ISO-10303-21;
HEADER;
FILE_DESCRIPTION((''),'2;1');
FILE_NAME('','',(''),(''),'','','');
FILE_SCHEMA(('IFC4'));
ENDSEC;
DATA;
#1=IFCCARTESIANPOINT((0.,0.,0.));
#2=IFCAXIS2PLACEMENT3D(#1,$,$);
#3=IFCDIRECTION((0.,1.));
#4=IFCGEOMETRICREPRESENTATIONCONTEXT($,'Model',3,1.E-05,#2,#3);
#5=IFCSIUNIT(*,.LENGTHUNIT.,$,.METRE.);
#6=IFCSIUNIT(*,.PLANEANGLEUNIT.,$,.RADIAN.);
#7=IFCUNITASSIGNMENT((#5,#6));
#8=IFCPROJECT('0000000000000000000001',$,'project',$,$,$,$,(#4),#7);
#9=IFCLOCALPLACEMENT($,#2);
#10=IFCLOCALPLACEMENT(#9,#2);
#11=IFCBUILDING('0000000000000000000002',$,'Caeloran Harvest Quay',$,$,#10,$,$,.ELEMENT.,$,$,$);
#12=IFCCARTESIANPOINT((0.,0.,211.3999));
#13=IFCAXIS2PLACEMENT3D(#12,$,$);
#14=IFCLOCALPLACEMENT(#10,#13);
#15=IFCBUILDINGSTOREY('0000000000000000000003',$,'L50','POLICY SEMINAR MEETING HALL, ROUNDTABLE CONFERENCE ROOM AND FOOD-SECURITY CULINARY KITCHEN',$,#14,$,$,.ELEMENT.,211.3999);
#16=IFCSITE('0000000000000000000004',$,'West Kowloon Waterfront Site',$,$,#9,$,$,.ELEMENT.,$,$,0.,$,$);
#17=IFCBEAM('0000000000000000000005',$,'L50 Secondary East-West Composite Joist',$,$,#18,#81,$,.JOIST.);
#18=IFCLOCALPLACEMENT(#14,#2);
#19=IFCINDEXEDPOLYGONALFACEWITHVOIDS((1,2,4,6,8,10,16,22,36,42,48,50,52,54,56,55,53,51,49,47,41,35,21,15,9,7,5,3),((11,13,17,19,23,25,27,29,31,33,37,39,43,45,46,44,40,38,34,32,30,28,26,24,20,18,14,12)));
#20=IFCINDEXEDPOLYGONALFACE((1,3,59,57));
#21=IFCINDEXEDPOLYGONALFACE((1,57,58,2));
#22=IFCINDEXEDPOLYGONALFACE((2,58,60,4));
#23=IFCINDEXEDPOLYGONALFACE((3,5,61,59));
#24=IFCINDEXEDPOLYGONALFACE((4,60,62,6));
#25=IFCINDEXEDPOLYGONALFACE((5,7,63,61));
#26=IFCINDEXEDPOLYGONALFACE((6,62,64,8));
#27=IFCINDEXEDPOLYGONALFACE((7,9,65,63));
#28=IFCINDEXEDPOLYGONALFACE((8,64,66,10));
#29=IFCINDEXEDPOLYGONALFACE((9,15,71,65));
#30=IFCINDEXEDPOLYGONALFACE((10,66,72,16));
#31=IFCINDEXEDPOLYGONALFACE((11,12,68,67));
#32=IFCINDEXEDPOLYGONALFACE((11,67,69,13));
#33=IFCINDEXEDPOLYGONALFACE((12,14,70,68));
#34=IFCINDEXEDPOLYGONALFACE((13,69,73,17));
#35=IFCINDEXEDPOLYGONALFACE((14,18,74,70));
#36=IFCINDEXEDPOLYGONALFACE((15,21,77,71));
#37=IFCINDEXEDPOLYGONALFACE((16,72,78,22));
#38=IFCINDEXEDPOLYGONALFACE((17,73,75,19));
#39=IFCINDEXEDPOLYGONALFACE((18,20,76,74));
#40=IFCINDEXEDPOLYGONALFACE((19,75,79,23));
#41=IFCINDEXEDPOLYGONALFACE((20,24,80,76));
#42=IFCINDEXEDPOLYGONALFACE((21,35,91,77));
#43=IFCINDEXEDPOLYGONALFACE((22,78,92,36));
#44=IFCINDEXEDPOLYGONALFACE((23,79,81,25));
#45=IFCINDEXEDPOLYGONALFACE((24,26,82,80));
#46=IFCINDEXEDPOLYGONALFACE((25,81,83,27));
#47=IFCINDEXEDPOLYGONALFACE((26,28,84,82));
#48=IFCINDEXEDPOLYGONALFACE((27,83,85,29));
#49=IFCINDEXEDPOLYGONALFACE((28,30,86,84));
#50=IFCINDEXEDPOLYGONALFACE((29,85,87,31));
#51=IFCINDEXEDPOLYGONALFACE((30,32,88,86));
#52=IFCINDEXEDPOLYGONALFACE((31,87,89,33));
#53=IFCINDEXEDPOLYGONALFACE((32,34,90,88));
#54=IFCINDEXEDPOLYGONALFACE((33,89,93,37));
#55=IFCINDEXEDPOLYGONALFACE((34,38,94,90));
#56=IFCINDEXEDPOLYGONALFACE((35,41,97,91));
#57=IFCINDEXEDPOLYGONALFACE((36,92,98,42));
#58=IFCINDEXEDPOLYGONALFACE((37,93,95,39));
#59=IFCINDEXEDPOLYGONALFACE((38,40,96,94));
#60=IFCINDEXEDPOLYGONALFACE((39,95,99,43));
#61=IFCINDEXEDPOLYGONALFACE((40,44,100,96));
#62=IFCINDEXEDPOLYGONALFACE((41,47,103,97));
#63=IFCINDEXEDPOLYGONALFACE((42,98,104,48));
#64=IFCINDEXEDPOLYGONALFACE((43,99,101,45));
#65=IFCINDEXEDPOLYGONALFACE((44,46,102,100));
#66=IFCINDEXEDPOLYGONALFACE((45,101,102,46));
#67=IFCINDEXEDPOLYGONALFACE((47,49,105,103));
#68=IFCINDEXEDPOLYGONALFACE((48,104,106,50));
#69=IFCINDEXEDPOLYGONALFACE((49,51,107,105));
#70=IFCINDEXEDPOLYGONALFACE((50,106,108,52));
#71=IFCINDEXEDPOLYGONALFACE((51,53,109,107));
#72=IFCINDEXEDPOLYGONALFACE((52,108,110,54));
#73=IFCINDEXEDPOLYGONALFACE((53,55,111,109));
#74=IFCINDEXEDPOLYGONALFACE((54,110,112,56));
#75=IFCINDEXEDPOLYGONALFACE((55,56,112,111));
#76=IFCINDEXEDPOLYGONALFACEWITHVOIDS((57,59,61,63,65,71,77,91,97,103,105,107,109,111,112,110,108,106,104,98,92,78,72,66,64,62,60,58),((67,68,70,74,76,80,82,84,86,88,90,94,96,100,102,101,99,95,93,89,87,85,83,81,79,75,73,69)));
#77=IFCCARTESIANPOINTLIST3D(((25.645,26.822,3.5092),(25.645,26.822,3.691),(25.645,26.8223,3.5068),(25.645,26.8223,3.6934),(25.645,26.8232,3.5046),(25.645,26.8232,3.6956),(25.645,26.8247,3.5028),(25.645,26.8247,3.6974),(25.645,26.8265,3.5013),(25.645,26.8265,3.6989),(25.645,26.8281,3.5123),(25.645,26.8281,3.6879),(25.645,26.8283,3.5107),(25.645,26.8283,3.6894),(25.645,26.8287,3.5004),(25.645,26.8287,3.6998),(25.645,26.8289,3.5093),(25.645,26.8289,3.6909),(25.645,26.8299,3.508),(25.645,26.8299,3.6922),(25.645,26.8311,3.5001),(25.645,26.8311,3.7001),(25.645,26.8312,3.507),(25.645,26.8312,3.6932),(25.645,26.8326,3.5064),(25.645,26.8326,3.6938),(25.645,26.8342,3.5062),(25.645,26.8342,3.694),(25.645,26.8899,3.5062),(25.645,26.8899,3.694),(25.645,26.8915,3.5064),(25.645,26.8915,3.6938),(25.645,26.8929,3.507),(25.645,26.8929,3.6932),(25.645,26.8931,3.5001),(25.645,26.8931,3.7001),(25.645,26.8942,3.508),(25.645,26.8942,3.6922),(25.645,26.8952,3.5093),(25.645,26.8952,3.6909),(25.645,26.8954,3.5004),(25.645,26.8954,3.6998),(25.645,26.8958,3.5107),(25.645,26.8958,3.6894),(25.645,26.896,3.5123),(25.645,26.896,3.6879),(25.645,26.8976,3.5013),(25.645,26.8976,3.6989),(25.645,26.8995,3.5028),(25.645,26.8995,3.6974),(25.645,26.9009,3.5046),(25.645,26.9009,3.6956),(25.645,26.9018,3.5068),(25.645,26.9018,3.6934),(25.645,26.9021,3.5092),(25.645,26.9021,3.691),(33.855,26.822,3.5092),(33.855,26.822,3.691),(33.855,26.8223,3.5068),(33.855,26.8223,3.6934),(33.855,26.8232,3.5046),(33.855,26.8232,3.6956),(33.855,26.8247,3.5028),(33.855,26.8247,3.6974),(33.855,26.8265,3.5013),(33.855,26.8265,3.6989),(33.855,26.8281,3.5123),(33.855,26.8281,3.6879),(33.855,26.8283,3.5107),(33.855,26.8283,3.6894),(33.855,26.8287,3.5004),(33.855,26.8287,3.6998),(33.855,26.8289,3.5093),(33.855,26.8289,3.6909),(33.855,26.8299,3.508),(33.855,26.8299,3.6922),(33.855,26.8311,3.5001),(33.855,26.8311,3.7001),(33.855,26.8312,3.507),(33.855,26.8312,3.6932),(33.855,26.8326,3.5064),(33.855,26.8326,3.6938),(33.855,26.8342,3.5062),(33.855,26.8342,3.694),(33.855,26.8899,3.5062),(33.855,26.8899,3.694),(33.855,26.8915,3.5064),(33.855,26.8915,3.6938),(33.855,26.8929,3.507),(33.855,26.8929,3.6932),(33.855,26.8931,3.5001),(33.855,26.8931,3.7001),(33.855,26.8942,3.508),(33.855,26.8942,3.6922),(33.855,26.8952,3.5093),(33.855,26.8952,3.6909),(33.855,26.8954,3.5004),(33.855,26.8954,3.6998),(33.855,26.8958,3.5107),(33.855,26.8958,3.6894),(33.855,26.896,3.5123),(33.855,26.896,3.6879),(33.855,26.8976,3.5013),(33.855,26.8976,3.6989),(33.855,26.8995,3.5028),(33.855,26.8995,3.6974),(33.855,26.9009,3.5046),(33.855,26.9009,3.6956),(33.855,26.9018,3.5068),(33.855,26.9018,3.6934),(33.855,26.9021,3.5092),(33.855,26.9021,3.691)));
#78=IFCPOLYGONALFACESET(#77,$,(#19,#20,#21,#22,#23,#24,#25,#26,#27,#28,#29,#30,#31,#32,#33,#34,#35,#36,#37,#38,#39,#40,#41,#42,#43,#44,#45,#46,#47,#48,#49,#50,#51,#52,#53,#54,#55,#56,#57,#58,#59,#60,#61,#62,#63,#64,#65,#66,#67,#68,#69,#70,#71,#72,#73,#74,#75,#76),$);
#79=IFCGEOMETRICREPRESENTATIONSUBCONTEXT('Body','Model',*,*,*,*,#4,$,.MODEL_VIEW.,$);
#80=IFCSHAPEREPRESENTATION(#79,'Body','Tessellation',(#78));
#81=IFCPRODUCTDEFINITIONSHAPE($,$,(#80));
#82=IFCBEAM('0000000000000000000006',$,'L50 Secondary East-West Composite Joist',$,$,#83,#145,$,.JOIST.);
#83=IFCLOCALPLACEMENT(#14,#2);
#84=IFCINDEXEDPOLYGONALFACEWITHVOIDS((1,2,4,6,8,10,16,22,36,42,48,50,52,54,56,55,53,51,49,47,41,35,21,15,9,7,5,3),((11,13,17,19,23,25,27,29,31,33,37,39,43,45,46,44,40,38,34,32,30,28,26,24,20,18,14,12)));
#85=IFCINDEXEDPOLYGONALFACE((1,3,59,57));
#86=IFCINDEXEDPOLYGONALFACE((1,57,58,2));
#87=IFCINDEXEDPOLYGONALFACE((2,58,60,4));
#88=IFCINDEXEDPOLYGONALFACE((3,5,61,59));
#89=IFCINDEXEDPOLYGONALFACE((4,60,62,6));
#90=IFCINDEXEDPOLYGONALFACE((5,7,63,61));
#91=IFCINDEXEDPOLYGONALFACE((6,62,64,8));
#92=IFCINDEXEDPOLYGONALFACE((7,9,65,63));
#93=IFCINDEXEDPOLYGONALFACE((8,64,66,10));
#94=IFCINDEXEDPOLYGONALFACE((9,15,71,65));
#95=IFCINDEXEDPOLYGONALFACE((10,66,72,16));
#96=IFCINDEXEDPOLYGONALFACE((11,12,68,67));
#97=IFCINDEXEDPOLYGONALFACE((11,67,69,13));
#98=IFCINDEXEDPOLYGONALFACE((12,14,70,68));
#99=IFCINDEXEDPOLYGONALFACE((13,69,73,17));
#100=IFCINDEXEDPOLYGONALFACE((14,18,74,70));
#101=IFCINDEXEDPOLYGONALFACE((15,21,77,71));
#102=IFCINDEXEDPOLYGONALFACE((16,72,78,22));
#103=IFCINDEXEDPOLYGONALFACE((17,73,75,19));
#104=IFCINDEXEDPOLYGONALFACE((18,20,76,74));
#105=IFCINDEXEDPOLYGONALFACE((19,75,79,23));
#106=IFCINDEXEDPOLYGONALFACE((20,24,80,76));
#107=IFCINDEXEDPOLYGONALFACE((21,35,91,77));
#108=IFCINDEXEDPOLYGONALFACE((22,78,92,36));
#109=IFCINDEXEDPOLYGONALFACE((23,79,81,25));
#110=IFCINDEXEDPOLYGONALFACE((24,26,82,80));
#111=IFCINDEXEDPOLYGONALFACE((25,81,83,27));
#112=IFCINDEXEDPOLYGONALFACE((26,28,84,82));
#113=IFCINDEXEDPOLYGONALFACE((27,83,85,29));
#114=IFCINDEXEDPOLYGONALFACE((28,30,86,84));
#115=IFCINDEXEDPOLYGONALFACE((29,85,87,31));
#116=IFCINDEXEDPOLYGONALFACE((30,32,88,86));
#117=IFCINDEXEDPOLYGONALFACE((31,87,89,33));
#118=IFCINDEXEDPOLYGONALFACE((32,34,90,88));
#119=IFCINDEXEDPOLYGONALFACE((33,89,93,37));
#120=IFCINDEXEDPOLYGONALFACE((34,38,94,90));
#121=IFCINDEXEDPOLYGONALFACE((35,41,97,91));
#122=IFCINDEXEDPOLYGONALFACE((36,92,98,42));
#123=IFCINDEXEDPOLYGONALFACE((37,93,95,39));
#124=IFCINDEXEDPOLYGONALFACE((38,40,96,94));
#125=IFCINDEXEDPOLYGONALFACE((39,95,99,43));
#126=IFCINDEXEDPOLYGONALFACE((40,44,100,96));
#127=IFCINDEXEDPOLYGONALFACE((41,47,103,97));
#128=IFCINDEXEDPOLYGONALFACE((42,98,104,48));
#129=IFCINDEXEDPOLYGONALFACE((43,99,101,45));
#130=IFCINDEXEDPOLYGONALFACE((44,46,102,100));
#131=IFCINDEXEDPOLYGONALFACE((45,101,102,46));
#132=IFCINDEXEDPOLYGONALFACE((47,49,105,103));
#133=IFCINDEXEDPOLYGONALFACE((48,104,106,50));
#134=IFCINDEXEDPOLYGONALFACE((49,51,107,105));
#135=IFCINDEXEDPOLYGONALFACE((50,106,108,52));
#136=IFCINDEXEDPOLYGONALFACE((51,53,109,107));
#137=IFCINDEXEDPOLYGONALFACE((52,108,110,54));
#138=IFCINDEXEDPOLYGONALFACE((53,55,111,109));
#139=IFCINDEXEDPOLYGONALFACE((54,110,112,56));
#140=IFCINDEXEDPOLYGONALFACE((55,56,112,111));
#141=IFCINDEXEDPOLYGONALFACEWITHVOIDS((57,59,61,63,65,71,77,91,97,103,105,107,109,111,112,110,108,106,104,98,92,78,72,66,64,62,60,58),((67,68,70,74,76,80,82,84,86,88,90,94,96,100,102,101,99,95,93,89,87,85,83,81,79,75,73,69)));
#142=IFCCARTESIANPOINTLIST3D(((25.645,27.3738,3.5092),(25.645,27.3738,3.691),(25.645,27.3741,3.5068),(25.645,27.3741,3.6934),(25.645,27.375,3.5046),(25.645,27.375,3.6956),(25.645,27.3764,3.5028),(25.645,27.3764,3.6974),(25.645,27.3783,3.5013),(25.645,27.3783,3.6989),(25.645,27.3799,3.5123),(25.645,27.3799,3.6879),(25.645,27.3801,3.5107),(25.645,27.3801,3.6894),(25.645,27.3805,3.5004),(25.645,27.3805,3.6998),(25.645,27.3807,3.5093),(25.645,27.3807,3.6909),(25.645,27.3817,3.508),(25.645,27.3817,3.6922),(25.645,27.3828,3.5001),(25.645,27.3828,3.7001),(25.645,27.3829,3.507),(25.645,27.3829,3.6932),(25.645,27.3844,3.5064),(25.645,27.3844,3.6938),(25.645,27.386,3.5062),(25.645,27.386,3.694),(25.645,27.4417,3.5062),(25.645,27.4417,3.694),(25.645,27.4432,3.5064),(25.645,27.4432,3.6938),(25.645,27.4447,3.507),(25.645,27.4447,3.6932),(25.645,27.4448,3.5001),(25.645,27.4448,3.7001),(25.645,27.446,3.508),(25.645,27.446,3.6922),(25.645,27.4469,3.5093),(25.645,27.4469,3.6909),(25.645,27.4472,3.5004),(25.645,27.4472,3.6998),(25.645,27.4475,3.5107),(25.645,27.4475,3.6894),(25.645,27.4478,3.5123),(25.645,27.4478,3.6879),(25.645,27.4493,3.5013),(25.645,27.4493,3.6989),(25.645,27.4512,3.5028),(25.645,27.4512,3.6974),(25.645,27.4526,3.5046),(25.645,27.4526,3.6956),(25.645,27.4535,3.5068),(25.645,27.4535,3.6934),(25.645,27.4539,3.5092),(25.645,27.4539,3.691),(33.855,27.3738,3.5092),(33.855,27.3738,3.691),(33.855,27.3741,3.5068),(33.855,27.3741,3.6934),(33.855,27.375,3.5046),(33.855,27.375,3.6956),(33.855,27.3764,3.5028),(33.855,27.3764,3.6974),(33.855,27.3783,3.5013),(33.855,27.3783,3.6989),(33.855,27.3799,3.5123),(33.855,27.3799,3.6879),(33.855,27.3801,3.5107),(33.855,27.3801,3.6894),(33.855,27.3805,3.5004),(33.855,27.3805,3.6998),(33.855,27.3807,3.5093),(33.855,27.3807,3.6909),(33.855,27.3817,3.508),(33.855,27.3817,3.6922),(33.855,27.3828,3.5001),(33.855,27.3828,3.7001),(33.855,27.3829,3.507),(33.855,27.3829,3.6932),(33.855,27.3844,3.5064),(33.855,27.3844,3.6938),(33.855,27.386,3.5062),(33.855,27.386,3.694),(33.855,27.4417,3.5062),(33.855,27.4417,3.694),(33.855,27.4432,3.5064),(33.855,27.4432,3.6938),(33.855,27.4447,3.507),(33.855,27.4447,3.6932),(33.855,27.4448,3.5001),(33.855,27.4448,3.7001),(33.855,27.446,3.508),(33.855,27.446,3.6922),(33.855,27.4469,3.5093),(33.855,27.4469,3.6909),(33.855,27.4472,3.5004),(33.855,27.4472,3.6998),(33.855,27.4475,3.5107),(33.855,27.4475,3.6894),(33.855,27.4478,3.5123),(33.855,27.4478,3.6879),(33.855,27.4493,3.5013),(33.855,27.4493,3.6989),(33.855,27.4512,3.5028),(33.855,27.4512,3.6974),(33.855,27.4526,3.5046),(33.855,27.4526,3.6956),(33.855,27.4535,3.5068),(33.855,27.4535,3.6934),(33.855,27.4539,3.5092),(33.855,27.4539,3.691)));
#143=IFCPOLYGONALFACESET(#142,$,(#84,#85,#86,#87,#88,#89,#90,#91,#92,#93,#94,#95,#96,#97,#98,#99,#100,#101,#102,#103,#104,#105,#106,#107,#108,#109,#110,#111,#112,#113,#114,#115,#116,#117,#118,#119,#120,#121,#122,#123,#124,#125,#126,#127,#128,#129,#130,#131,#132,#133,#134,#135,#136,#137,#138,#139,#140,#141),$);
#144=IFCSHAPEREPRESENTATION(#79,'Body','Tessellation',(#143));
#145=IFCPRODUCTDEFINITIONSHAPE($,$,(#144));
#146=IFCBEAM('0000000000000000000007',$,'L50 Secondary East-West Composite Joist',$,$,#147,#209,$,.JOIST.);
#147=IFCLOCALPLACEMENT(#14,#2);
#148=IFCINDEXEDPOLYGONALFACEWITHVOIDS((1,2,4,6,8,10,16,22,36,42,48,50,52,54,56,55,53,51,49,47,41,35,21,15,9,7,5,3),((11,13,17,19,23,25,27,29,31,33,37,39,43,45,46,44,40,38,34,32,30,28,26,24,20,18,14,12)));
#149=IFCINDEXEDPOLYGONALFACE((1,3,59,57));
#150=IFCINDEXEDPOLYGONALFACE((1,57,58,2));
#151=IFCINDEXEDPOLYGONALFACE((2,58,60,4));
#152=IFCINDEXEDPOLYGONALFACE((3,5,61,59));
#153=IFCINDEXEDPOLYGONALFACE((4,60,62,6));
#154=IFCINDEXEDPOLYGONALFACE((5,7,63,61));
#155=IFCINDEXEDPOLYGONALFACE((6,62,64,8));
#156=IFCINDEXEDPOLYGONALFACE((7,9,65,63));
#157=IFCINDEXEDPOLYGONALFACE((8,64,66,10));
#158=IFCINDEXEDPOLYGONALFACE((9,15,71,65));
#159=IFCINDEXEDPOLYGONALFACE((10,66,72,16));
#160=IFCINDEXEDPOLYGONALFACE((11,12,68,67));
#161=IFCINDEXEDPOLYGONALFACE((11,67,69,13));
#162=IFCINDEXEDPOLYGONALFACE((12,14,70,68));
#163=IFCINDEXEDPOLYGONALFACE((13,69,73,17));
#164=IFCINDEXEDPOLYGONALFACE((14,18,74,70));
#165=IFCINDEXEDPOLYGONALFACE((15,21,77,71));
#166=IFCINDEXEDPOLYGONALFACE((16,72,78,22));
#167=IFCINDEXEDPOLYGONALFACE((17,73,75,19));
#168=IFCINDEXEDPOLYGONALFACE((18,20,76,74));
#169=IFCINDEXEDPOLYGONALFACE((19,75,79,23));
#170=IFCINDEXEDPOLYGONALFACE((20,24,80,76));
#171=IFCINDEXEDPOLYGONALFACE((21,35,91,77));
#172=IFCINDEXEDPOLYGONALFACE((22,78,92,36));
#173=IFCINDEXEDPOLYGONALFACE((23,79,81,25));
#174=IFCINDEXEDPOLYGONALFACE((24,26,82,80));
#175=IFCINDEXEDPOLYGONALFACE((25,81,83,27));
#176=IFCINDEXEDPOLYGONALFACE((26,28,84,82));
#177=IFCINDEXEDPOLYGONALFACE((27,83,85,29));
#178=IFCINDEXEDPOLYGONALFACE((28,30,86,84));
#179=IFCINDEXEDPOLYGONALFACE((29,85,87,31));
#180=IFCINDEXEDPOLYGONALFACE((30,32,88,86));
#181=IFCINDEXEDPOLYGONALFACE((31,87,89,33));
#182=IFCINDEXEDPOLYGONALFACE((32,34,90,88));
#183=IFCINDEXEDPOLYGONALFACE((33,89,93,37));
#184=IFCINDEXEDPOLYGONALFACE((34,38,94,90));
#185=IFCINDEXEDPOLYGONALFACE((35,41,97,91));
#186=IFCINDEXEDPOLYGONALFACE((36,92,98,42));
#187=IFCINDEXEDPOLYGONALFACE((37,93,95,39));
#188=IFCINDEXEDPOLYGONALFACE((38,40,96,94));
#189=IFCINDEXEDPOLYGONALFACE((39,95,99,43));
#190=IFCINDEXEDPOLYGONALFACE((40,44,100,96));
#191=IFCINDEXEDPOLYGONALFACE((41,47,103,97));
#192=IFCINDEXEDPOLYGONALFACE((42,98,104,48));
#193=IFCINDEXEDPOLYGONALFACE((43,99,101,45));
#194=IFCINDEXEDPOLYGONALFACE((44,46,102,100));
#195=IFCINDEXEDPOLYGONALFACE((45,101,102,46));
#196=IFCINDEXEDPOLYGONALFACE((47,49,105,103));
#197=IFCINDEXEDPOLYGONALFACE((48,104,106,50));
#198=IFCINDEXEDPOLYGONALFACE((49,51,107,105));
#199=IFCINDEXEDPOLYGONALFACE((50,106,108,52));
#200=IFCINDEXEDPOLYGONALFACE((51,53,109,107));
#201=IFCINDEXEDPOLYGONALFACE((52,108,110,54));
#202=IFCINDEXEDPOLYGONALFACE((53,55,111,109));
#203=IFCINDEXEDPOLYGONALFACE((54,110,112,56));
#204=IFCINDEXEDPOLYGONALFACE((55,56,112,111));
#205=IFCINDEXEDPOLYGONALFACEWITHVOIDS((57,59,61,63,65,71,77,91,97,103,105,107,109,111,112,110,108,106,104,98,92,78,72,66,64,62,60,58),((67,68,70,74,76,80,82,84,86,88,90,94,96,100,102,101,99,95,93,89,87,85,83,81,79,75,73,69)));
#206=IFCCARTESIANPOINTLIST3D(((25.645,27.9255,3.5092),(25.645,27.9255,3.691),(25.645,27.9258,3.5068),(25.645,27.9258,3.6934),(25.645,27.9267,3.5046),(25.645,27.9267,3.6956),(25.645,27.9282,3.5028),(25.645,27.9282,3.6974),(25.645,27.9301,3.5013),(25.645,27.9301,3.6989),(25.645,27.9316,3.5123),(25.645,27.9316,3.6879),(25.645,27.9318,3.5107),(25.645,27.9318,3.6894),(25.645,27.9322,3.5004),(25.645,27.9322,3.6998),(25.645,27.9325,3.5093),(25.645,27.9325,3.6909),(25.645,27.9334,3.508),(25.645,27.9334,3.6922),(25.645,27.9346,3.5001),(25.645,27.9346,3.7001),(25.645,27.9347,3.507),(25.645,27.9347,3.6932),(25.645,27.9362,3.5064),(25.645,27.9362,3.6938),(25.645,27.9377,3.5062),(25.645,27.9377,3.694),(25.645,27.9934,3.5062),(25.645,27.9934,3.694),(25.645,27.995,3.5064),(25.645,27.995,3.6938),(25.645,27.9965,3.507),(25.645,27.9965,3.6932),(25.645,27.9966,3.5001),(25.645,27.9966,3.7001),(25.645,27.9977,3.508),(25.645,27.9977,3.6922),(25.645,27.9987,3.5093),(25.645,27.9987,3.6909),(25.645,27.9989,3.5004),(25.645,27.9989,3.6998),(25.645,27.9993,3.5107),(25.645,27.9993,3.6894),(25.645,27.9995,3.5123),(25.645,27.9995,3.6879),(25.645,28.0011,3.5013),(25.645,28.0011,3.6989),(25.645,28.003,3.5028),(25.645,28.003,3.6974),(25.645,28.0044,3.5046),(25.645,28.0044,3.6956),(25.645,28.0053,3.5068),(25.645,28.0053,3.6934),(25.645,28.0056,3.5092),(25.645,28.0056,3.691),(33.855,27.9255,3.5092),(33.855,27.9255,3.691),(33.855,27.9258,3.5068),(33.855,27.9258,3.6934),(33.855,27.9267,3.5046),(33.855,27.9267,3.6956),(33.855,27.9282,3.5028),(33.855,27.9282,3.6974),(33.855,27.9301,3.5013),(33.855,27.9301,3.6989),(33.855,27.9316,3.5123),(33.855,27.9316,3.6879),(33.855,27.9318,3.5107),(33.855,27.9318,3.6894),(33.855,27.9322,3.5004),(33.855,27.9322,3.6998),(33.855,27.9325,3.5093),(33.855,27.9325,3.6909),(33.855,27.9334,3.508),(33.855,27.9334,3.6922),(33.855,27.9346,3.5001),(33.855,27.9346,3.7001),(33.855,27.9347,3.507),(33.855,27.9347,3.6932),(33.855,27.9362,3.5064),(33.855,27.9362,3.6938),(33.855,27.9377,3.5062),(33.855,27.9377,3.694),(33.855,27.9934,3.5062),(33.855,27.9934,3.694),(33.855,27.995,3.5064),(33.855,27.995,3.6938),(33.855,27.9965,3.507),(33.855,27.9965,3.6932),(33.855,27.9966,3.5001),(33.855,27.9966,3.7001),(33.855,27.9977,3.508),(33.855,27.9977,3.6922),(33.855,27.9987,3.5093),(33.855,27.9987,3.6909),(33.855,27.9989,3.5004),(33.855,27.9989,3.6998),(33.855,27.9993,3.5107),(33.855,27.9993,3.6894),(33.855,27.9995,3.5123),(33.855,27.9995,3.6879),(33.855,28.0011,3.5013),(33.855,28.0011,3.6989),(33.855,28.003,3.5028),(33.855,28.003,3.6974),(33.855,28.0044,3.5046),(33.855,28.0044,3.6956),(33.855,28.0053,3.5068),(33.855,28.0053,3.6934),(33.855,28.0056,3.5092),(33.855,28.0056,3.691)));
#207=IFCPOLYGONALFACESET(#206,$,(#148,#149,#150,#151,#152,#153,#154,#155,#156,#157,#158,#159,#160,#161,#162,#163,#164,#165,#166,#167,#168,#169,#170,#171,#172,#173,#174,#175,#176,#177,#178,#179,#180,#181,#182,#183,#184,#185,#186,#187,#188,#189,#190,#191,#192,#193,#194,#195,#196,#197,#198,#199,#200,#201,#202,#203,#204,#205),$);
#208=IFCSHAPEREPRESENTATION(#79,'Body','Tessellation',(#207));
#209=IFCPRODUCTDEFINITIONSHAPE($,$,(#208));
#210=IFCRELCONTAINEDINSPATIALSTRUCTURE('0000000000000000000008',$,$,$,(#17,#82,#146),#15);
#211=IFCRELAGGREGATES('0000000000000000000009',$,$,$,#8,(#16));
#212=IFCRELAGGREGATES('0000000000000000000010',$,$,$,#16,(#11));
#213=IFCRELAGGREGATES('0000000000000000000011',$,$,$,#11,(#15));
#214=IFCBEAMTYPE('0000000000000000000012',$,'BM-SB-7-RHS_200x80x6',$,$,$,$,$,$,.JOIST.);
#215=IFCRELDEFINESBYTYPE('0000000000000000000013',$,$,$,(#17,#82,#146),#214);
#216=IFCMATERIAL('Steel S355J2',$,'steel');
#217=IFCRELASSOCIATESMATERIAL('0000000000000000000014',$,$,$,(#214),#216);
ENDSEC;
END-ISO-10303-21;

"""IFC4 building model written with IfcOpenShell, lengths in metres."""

from ifc_helpers import new_model, si_unit, direction, frame, origin, origin_2d, place, context, subcontext, project, spatial, hollow_rectangle, extrude, material, material_profile, profile_set, type_object, element, save


model = new_model("IFC4")

# Units and contexts
model_context = context("Model", 3, precision=1e-05, world=origin(), true_north=direction((0.0, 1.0)))
body_context = subcontext(model_context, "Body", "Model", "MODEL_VIEW")
ifc_project = project(units=[si_unit("LENGTHUNIT", "METRE"), si_unit("PLANEANGLEUNIT", "RADIAN")], contexts=[model_context])

# Site, building, storey
site_placement = place(None, origin())
site = spatial("IfcSite", under=ifc_project, at=site_placement, Name="West Kowloon Waterfront Site", CompositionType="ELEMENT", RefElevation=0.0)
building_placement = place(site_placement, origin())
building = spatial("IfcBuilding", under=site, at=building_placement, Name="Caeloran Harvest Quay", CompositionType="ELEMENT")
storey_placement = place(building_placement, frame((0.0, 0.0, 211.3999)))
storey = spatial("IfcBuildingStorey", under=building, at=storey_placement, Name="L50", Description="POLICY SEMINAR MEETING HALL, ROUNDTABLE CONFERENCE ROOM AND FOOD-SECURITY CULINARY KITCHEN", CompositionType="ELEMENT", Elevation=211.3999)

# Beams
ifc_material_1 = material(Name="Steel S355J2", Category="steel")
ifc_material_profile_1 = material_profile(ifc_material_1, hollow_rectangle(XDim=0.0801, YDim=0.2, WallThickness=0.0061, InnerFilletRadius=0.0061, OuterFilletRadius=0.009, at=origin_2d()), Name="RHS 200x80x6")
ifc_profile_set_1 = profile_set([ifc_material_profile_1], Name="Steel S355J2")
beam_type_1 = type_object("IfcBeamType", Name="BM-SB-7-RHS_200x80x6", PredefinedType="JOIST", material=ifc_profile_set_1)
for number, where, z_axis, x_axis, name in (
    (1, (25.645, 26.8621, 3.6001), (1.0, 0.0, 0.0), (0.0, 1.0, 0.0), "L50 Secondary East-West Composite Joist"),
    (2, (25.645, 27.4138, 3.6001), (1.0, 0.0, 0.0), (0.0, 1.0, 0.0), "L50 Secondary East-West Composite Joist"),
    (3, (25.645, 27.9656, 3.6001), (1.0, 0.0, 0.0), (0.0, 1.0, 0.0), "L50 Secondary East-West Composite Joist"),
):
    element("IfcBeam", number, at=place(storey_placement, frame(where, z_axis=z_axis, x_axis=x_axis)), inside=storey, type_object=beam_type_1, Name=name, PredefinedType="JOIST", context=body_context, shape_type="SweptSolid", body=[
        extrude(hollow_rectangle(XDim=0.0801, YDim=0.2, WallThickness=0.0061, InnerFilletRadius=0.0061, OuterFilletRadius=0.009, at=origin_2d()), origin(), (0.0, 0.0, 1.0), 8.21),
    ])

save(model, "model.ifc")
